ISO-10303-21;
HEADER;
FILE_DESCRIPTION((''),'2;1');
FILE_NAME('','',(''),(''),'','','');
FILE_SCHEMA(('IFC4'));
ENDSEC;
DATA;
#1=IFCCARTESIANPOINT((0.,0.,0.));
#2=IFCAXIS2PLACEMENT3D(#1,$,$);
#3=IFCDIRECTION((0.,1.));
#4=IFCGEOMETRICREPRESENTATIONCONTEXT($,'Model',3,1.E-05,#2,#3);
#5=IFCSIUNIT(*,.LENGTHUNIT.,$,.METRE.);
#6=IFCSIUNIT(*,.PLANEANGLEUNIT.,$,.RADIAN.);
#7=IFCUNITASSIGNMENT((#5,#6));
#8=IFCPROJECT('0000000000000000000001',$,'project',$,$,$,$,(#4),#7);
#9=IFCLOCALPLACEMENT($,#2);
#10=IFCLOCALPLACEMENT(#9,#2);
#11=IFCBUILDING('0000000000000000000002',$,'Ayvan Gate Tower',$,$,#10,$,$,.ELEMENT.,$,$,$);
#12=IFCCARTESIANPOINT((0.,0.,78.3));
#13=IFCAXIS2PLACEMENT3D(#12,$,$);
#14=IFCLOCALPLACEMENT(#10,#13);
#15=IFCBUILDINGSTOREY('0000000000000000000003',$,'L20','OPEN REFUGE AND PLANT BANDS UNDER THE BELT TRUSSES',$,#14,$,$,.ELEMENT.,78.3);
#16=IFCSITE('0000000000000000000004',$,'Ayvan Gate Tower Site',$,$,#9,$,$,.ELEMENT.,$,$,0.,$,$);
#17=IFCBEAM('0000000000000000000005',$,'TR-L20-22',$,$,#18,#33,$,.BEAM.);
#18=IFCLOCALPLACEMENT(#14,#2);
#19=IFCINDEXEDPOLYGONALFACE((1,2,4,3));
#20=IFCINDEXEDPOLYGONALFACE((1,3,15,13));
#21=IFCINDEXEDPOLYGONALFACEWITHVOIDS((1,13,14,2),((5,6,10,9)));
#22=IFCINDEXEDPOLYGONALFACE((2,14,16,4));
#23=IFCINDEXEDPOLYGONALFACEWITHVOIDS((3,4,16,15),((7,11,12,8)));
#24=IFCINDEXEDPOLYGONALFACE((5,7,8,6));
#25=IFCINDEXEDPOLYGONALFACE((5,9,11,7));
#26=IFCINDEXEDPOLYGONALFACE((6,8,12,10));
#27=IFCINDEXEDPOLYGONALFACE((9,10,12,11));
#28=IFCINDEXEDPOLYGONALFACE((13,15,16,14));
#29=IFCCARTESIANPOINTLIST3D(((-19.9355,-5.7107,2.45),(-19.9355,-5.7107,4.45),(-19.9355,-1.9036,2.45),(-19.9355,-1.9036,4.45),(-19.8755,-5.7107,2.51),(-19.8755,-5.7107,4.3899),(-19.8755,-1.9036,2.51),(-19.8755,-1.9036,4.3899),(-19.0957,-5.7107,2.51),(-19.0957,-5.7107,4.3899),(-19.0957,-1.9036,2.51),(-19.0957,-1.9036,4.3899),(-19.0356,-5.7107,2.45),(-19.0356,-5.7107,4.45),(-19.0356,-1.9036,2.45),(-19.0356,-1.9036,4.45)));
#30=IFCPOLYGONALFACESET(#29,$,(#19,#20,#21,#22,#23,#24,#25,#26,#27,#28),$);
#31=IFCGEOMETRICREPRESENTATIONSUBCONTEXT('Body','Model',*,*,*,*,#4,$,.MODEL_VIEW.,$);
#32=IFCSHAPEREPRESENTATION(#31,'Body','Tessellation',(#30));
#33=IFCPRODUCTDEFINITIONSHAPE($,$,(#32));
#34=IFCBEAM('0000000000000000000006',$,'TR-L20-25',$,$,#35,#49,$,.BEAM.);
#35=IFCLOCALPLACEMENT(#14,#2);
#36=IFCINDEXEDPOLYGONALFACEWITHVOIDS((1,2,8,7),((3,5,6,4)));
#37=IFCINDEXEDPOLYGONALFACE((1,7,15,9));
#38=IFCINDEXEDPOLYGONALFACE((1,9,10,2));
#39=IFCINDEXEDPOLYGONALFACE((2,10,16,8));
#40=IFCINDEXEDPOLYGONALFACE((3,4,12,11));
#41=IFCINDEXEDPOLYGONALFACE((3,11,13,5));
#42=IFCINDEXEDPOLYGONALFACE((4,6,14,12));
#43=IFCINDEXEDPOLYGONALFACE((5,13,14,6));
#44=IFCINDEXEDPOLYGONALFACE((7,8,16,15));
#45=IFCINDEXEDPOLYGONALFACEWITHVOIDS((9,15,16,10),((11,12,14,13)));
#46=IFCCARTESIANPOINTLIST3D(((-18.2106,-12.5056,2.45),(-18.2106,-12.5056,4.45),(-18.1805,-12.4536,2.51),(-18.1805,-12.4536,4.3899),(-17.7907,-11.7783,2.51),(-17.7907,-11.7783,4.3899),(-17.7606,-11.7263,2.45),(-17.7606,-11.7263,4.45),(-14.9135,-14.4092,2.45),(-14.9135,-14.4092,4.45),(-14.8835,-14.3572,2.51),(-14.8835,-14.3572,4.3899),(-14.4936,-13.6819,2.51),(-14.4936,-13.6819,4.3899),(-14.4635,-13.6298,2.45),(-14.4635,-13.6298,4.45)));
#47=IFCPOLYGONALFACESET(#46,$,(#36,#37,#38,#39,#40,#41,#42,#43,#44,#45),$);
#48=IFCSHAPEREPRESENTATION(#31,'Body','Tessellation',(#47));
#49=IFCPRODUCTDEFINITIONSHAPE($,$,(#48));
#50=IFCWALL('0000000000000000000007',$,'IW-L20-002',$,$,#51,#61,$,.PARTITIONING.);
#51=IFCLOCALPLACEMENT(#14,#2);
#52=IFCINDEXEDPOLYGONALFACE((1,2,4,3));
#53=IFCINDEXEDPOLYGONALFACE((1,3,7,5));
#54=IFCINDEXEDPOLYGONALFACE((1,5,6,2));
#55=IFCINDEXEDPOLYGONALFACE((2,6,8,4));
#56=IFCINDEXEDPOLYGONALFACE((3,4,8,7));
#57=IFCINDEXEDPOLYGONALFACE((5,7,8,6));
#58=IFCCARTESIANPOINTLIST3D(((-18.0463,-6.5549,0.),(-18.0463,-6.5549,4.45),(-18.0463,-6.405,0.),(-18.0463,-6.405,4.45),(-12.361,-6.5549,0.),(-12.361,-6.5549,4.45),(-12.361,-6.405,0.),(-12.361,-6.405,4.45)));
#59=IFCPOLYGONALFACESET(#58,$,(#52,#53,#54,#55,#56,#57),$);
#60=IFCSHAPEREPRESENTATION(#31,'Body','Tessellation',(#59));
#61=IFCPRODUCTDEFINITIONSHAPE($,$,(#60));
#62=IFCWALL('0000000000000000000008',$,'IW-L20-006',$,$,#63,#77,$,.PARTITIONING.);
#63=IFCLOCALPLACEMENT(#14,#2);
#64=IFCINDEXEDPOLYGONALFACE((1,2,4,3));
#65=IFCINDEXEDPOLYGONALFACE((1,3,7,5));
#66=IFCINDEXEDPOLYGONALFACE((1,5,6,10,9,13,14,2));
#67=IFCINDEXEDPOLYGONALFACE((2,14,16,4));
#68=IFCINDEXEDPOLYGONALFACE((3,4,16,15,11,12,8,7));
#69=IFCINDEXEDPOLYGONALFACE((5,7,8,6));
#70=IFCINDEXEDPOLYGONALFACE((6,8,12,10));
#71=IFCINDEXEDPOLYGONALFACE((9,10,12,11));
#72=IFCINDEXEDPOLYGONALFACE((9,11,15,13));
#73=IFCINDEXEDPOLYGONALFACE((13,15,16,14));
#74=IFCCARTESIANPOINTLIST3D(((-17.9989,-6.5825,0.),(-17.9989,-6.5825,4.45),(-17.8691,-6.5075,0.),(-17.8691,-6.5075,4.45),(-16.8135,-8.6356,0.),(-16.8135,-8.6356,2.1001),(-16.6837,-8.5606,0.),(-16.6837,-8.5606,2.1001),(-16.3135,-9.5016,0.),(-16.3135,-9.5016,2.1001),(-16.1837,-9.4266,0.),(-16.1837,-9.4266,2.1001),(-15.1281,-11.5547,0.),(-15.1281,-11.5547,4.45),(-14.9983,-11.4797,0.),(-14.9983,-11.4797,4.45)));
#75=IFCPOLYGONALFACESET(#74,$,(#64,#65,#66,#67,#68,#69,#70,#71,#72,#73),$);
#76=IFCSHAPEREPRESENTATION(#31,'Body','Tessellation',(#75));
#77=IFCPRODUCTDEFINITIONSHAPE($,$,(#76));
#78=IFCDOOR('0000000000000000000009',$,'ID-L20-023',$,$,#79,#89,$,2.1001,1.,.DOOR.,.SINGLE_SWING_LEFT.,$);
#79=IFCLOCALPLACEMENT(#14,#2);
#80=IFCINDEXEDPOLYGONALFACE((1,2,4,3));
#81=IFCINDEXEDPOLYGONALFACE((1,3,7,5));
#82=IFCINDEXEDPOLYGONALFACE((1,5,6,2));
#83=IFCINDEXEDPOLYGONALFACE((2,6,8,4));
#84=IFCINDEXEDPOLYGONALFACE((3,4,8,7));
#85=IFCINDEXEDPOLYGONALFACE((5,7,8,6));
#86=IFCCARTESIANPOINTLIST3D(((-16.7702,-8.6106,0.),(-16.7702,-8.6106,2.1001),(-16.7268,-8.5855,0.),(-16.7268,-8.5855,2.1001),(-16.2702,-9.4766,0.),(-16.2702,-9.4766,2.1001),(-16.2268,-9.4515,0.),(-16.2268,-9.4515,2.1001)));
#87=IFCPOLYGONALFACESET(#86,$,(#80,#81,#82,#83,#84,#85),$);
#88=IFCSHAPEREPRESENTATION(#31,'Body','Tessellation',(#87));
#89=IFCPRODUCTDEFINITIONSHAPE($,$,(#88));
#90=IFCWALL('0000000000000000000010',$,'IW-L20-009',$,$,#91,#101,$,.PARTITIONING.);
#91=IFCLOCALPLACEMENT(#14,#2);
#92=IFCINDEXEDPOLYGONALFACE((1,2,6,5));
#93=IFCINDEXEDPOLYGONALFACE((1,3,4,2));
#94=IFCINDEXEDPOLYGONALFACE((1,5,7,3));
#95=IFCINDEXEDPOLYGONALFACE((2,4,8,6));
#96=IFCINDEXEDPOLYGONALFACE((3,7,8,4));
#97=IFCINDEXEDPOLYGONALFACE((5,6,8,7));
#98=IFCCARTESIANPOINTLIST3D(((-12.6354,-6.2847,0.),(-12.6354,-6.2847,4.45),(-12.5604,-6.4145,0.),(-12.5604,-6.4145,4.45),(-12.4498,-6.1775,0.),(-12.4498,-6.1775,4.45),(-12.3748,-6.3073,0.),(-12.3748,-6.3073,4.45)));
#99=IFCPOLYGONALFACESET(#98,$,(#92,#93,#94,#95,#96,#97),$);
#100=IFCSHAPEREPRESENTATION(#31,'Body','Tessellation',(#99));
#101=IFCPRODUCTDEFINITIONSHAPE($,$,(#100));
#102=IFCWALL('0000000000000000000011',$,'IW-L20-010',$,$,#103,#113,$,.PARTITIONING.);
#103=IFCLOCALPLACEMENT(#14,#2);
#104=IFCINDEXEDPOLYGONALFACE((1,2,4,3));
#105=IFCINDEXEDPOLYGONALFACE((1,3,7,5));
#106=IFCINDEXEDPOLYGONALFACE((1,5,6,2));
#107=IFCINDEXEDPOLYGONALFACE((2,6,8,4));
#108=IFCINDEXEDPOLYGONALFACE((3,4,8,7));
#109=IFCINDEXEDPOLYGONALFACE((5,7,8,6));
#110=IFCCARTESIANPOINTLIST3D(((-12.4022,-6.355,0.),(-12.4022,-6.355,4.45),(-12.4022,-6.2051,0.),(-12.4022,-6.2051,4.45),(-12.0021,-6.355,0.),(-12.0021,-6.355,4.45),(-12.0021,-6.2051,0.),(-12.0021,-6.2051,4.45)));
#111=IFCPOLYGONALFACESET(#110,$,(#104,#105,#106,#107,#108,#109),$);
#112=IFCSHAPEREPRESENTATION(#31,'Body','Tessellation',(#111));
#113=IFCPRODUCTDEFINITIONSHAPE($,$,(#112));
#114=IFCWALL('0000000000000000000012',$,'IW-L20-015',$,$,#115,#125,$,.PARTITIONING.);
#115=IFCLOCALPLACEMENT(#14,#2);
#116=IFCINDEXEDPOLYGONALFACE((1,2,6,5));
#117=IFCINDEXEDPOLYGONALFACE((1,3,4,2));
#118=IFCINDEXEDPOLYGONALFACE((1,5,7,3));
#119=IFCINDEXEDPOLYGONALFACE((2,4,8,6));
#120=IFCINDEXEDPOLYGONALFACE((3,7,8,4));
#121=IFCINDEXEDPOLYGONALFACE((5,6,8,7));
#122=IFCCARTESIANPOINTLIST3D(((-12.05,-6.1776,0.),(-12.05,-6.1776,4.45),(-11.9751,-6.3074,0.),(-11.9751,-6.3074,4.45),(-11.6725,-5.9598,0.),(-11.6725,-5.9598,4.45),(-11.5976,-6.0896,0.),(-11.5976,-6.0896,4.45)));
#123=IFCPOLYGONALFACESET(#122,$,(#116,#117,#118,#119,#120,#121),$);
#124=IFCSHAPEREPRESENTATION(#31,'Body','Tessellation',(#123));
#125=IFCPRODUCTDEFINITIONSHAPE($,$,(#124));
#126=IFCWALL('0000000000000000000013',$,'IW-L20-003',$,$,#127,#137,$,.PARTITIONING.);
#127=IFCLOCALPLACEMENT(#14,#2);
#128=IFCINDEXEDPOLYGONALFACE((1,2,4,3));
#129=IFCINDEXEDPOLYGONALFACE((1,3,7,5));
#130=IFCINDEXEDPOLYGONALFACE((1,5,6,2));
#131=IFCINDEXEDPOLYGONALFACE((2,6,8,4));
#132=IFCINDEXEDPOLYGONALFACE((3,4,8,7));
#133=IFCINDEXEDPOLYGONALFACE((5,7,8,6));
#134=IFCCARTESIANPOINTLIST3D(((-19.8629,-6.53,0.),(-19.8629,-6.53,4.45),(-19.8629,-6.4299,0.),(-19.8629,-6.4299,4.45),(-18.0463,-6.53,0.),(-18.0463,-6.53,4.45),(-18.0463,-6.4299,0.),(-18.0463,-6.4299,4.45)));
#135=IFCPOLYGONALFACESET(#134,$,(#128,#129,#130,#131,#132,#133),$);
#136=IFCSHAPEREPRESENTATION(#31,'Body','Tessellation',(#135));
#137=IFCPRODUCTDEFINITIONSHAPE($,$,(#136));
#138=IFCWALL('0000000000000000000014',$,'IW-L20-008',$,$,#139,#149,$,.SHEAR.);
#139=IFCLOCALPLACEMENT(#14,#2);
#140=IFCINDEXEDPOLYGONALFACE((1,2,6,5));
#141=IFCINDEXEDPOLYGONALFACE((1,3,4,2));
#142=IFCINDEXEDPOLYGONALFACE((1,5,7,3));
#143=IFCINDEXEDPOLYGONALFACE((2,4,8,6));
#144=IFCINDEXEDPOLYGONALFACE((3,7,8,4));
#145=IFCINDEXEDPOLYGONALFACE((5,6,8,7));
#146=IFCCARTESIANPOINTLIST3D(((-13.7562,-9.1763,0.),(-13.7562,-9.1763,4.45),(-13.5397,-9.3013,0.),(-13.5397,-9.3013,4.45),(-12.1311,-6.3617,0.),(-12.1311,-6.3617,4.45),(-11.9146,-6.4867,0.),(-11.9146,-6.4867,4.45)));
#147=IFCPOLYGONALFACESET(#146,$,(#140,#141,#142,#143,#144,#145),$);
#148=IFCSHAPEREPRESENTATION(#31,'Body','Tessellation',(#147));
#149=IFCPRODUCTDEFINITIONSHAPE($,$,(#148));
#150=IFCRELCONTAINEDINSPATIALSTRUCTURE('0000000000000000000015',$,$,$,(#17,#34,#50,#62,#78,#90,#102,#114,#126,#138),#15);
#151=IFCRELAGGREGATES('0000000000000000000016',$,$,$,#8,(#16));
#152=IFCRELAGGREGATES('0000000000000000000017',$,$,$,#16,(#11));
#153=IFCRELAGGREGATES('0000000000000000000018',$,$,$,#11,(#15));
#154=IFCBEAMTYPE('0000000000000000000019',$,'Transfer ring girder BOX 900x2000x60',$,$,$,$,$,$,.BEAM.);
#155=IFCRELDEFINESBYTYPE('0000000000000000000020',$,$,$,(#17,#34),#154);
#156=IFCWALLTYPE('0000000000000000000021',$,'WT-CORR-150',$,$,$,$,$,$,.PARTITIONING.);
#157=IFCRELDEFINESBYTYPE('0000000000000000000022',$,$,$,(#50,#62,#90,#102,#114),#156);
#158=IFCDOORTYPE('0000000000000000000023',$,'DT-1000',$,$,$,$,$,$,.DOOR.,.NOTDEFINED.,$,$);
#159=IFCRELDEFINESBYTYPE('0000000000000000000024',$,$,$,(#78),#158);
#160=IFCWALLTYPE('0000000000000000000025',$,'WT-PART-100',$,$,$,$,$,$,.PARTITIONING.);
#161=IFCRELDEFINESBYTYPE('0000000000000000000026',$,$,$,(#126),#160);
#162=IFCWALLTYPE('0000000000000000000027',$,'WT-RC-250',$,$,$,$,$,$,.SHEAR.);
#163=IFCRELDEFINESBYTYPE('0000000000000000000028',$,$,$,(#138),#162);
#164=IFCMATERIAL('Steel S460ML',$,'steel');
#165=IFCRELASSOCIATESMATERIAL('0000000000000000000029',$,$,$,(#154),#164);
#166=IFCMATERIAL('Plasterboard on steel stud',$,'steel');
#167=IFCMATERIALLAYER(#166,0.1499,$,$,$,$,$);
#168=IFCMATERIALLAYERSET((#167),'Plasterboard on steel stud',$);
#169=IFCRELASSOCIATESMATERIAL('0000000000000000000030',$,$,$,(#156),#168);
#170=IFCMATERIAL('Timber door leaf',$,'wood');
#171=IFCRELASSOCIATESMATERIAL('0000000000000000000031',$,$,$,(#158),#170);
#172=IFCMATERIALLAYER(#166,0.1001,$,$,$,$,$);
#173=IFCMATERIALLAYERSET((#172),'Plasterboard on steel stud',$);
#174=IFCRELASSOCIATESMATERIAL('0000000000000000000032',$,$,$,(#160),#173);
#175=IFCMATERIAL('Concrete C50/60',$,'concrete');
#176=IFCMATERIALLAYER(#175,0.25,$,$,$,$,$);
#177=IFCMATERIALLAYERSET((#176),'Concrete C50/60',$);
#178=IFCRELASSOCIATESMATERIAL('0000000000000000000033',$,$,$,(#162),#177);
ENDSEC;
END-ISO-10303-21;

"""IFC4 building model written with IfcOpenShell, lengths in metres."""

from ifc_helpers import new_model, si_unit, direction, frame, frame_2d, origin, origin_2d, place, context, subcontext, project, spatial, rectangle, hollow_rectangle, extrude, material, layer, layer_set, material_profile, profile_set, type_object, element, fill, save


model = new_model("IFC4")

# Units and contexts
model_context = context("Model", 3, precision=1e-05, world=origin(), true_north=direction((0.0, 1.0)))
body_context = subcontext(model_context, "Body", "Model", "MODEL_VIEW")
ifc_project = project(units=[si_unit("LENGTHUNIT", "METRE"), si_unit("PLANEANGLEUNIT", "RADIAN")], contexts=[model_context])

# Site, building, storey
site_placement = place(None, origin())
site = spatial("IfcSite", under=ifc_project, at=site_placement, Name="Ayvan Gate Tower Site", CompositionType="ELEMENT", RefElevation=0.0)
building_placement = place(site_placement, origin())
building = spatial("IfcBuilding", under=site, at=building_placement, Name="Ayvan Gate Tower", CompositionType="ELEMENT")
storey_placement = place(building_placement, frame((0.0, 0.0, 78.3)))
storey = spatial("IfcBuildingStorey", under=building, at=storey_placement, Name="L20", Description="OPEN REFUGE AND PLANT BANDS UNDER THE BELT TRUSSES", CompositionType="ELEMENT", Elevation=78.3)

# Shared definitions
ifc_material_1 = material(Name="Steel S460ML", Category="steel")

# Beams
ifc_material_profile_1 = material_profile(ifc_material_1, hollow_rectangle(XDim=0.8999, YDim=2.0, WallThickness=0.0601, at=origin_2d()), Name="BOX 900x2000x60")
ifc_profile_set_1 = profile_set([ifc_material_profile_1], Name="Steel S460ML")
beam_type_1 = type_object("IfcBeamType", Name="Transfer ring girder BOX 900x2000x60", PredefinedType="BEAM", material=ifc_profile_set_1)
for number, where, z_axis, x_axis, name in (
    (1, (-19.4856, -1.9036, 3.45), (0.0, -1.0, 0.0), (1.0, 0.0, 0.0), "TR-L20-22"),
    (2, (-17.9856, -12.116, 3.45), (0.866029, -0.499994, 0.0), (0.499994, 0.866029, 0.0), "TR-L20-25"),
):
    element("IfcBeam", number, at=place(storey_placement, frame(where, z_axis=z_axis, x_axis=x_axis)), inside=storey, type_object=beam_type_1, Name=name, PredefinedType="BEAM", context=body_context, shape_type="SweptSolid", body=[
        extrude(hollow_rectangle(XDim=0.8999, YDim=2.0, WallThickness=0.0601, at=origin_2d()), origin(), (0.0, 0.0, 1.0), 3.8071),
    ])

# Wall
ifc_material_2 = material(Name="Plasterboard on steel stud", Category="steel")
ifc_layer_1 = layer(ifc_material_2, 0.1499)
ifc_layer_set_1 = layer_set([ifc_layer_1], Name="Plasterboard on steel stud")
wall_type_1 = type_object("IfcWallType", Name="WT-CORR-150", PredefinedType="PARTITIONING", material=ifc_layer_set_1)
wall_1_placement = place(storey_placement, frame((-18.0464, -6.48, 0.0), z_axis=(0.0, 0.0, 1.0), x_axis=(1.0, 0.0, 0.0)))
element("IfcWall", 3, at=wall_1_placement, inside=storey, type_object=wall_type_1, Name="IW-L20-002", PredefinedType="PARTITIONING", context=body_context, shape_type="SweptSolid", body=[
    extrude(rectangle(XDim=5.6853, YDim=0.1499, at=frame_2d((2.8428, 0.0))), origin(), (0.0, 0.0, 1.0), 4.45),
])

# Wall, opening, door
wall_2_placement = place(storey_placement, frame((-15.0632, -11.5171, 0.0), z_axis=(0.0, 0.0, 1.0), x_axis=(-0.500022, 0.866013, 0.0)))
wall_2 = element("IfcWall", 4, at=wall_2_placement, inside=storey, type_object=wall_type_1, Name="IW-L20-006", PredefinedType="PARTITIONING", context=body_context, shape_type="SweptSolid", body=[
    extrude(rectangle(XDim=5.7415, YDim=0.1499, at=frame_2d((2.8706, 0.0))), origin(), (0.0, 0.0, 1.0), 4.45),
])
opening_placement = place(wall_2_placement, frame((2.3706, 0.0, 0.0)))
opening = element("IfcOpeningElement", 5, at=opening_placement, cuts=wall_2, PredefinedType="OPENING", context=body_context, shape_type="SweptSolid", body=[
    extrude(rectangle(XDim=1.0, YDim=2.1001, at=frame_2d((0.5, 1.05))), frame((0.0, 0.085, 0.0), z_axis=(0.0, -1.0, 0.0), x_axis=(1.0, 0.0, 0.0)), (0.0, 0.0, 1.0), 0.1699),
])
ifc_material_3 = material(Name="Timber door leaf", Category="wood")
door_type = type_object("IfcDoorType", Name="DT-1000", OperationType="NOTDEFINED", PredefinedType="DOOR", material=ifc_material_3)
door_placement = place(opening_placement, origin())
door = element("IfcDoor", 6, at=door_placement, inside=storey, type_object=door_type, Name="ID-L20-023", OperationType="SINGLE_SWING_LEFT", OverallHeight=2.1001, OverallWidth=1.0, PredefinedType="DOOR", context=body_context, shape_type="SweptSolid", body=[
    extrude(rectangle(XDim=1.0, YDim=2.1001, at=frame_2d((0.5, 1.05))), frame((0.0, 0.0249, 0.0), z_axis=(0.0, -1.0, 0.0), x_axis=(1.0, 0.0, 0.0)), (0.0, 0.0, 1.0), 0.05),
])
fill(opening, door)

# Walls
wall_3_placement = place(storey_placement, frame((-12.5979, -6.3496, 0.0), z_axis=(0.0, 0.0, 1.0), x_axis=(0.86592, 0.500183, 0.0)))
element("IfcWall", 7, at=wall_3_placement, inside=storey, type_object=wall_type_1, Name="IW-L20-009", PredefinedType="PARTITIONING", context=body_context, shape_type="SweptSolid", body=[
    extrude(rectangle(XDim=0.2144, YDim=0.1499, at=frame_2d((0.1072, 0.0))), origin(), (0.0, 0.0, 1.0), 4.45),
])
wall_4_placement = place(storey_placement, frame((-12.4023, -6.28, 0.0), z_axis=(0.0, 0.0, 1.0), x_axis=(1.0, 0.0, 0.0)))
element("IfcWall", 8, at=wall_4_placement, inside=storey, type_object=wall_type_1, Name="IW-L20-010", PredefinedType="PARTITIONING", context=body_context, shape_type="SweptSolid", body=[
    extrude(rectangle(XDim=0.4001, YDim=0.1499, at=frame_2d((0.2002, 0.0))), origin(), (0.0, 0.0, 1.0), 4.45),
])
wall_5_placement = place(storey_placement, frame((-12.0125, -6.2424, 0.0), z_axis=(0.0, 0.0, 1.0), x_axis=(0.866167, 0.499755, 0.0)))
element("IfcWall", 9, at=wall_5_placement, inside=storey, type_object=wall_type_1, Name="IW-L20-015", PredefinedType="PARTITIONING", context=body_context, shape_type="SweptSolid", body=[
    extrude(rectangle(XDim=0.4358, YDim=0.1499, at=frame_2d((0.2178, 0.0))), origin(), (0.0, 0.0, 1.0), 4.45),
])
ifc_layer_2 = layer(ifc_material_2, 0.1001)
ifc_layer_set_2 = layer_set([ifc_layer_2], Name="Plasterboard on steel stud")
wall_type_2 = type_object("IfcWallType", Name="WT-PART-100", PredefinedType="PARTITIONING", material=ifc_layer_set_2)
wall_6_placement = place(storey_placement, frame((-18.0464, -6.48, 0.0), z_axis=(0.0, 0.0, 1.0), x_axis=(-1.0, 0.0, 0.0)))
element("IfcWall", 10, at=wall_6_placement, inside=storey, type_object=wall_type_2, Name="IW-L20-003", PredefinedType="PARTITIONING", context=body_context, shape_type="SweptSolid", body=[
    extrude(rectangle(XDim=1.8167, YDim=0.1001, at=frame_2d((0.9082, 0.0))), origin(), (0.0, 0.0, 1.0), 4.45),
])
ifc_material_4 = material(Name="Concrete C50/60", Category="concrete")
ifc_layer_3 = layer(ifc_material_4, 0.25)
ifc_layer_set_3 = layer_set([ifc_layer_3], Name="Concrete C50/60")
wall_type_3 = type_object("IfcWallType", Name="WT-RC-250", PredefinedType="SHEAR", material=ifc_layer_set_3)
wall_7_placement = place(storey_placement, frame((-13.6479, -9.2388, 0.0), z_axis=(0.0, 0.0, 1.0), x_axis=(0.500017, 0.866015, 0.0)))
element("IfcWall", 11, at=wall_7_placement, inside=storey, type_object=wall_type_3, Name="IW-L20-008", PredefinedType="SHEAR", context=body_context, shape_type="SweptSolid", body=[
    extrude(rectangle(XDim=3.25, YDim=0.25, at=frame_2d((1.625, 0.0))), origin(), (0.0, 0.0, 1.0), 4.45),
])

save(model, "model.ifc")
